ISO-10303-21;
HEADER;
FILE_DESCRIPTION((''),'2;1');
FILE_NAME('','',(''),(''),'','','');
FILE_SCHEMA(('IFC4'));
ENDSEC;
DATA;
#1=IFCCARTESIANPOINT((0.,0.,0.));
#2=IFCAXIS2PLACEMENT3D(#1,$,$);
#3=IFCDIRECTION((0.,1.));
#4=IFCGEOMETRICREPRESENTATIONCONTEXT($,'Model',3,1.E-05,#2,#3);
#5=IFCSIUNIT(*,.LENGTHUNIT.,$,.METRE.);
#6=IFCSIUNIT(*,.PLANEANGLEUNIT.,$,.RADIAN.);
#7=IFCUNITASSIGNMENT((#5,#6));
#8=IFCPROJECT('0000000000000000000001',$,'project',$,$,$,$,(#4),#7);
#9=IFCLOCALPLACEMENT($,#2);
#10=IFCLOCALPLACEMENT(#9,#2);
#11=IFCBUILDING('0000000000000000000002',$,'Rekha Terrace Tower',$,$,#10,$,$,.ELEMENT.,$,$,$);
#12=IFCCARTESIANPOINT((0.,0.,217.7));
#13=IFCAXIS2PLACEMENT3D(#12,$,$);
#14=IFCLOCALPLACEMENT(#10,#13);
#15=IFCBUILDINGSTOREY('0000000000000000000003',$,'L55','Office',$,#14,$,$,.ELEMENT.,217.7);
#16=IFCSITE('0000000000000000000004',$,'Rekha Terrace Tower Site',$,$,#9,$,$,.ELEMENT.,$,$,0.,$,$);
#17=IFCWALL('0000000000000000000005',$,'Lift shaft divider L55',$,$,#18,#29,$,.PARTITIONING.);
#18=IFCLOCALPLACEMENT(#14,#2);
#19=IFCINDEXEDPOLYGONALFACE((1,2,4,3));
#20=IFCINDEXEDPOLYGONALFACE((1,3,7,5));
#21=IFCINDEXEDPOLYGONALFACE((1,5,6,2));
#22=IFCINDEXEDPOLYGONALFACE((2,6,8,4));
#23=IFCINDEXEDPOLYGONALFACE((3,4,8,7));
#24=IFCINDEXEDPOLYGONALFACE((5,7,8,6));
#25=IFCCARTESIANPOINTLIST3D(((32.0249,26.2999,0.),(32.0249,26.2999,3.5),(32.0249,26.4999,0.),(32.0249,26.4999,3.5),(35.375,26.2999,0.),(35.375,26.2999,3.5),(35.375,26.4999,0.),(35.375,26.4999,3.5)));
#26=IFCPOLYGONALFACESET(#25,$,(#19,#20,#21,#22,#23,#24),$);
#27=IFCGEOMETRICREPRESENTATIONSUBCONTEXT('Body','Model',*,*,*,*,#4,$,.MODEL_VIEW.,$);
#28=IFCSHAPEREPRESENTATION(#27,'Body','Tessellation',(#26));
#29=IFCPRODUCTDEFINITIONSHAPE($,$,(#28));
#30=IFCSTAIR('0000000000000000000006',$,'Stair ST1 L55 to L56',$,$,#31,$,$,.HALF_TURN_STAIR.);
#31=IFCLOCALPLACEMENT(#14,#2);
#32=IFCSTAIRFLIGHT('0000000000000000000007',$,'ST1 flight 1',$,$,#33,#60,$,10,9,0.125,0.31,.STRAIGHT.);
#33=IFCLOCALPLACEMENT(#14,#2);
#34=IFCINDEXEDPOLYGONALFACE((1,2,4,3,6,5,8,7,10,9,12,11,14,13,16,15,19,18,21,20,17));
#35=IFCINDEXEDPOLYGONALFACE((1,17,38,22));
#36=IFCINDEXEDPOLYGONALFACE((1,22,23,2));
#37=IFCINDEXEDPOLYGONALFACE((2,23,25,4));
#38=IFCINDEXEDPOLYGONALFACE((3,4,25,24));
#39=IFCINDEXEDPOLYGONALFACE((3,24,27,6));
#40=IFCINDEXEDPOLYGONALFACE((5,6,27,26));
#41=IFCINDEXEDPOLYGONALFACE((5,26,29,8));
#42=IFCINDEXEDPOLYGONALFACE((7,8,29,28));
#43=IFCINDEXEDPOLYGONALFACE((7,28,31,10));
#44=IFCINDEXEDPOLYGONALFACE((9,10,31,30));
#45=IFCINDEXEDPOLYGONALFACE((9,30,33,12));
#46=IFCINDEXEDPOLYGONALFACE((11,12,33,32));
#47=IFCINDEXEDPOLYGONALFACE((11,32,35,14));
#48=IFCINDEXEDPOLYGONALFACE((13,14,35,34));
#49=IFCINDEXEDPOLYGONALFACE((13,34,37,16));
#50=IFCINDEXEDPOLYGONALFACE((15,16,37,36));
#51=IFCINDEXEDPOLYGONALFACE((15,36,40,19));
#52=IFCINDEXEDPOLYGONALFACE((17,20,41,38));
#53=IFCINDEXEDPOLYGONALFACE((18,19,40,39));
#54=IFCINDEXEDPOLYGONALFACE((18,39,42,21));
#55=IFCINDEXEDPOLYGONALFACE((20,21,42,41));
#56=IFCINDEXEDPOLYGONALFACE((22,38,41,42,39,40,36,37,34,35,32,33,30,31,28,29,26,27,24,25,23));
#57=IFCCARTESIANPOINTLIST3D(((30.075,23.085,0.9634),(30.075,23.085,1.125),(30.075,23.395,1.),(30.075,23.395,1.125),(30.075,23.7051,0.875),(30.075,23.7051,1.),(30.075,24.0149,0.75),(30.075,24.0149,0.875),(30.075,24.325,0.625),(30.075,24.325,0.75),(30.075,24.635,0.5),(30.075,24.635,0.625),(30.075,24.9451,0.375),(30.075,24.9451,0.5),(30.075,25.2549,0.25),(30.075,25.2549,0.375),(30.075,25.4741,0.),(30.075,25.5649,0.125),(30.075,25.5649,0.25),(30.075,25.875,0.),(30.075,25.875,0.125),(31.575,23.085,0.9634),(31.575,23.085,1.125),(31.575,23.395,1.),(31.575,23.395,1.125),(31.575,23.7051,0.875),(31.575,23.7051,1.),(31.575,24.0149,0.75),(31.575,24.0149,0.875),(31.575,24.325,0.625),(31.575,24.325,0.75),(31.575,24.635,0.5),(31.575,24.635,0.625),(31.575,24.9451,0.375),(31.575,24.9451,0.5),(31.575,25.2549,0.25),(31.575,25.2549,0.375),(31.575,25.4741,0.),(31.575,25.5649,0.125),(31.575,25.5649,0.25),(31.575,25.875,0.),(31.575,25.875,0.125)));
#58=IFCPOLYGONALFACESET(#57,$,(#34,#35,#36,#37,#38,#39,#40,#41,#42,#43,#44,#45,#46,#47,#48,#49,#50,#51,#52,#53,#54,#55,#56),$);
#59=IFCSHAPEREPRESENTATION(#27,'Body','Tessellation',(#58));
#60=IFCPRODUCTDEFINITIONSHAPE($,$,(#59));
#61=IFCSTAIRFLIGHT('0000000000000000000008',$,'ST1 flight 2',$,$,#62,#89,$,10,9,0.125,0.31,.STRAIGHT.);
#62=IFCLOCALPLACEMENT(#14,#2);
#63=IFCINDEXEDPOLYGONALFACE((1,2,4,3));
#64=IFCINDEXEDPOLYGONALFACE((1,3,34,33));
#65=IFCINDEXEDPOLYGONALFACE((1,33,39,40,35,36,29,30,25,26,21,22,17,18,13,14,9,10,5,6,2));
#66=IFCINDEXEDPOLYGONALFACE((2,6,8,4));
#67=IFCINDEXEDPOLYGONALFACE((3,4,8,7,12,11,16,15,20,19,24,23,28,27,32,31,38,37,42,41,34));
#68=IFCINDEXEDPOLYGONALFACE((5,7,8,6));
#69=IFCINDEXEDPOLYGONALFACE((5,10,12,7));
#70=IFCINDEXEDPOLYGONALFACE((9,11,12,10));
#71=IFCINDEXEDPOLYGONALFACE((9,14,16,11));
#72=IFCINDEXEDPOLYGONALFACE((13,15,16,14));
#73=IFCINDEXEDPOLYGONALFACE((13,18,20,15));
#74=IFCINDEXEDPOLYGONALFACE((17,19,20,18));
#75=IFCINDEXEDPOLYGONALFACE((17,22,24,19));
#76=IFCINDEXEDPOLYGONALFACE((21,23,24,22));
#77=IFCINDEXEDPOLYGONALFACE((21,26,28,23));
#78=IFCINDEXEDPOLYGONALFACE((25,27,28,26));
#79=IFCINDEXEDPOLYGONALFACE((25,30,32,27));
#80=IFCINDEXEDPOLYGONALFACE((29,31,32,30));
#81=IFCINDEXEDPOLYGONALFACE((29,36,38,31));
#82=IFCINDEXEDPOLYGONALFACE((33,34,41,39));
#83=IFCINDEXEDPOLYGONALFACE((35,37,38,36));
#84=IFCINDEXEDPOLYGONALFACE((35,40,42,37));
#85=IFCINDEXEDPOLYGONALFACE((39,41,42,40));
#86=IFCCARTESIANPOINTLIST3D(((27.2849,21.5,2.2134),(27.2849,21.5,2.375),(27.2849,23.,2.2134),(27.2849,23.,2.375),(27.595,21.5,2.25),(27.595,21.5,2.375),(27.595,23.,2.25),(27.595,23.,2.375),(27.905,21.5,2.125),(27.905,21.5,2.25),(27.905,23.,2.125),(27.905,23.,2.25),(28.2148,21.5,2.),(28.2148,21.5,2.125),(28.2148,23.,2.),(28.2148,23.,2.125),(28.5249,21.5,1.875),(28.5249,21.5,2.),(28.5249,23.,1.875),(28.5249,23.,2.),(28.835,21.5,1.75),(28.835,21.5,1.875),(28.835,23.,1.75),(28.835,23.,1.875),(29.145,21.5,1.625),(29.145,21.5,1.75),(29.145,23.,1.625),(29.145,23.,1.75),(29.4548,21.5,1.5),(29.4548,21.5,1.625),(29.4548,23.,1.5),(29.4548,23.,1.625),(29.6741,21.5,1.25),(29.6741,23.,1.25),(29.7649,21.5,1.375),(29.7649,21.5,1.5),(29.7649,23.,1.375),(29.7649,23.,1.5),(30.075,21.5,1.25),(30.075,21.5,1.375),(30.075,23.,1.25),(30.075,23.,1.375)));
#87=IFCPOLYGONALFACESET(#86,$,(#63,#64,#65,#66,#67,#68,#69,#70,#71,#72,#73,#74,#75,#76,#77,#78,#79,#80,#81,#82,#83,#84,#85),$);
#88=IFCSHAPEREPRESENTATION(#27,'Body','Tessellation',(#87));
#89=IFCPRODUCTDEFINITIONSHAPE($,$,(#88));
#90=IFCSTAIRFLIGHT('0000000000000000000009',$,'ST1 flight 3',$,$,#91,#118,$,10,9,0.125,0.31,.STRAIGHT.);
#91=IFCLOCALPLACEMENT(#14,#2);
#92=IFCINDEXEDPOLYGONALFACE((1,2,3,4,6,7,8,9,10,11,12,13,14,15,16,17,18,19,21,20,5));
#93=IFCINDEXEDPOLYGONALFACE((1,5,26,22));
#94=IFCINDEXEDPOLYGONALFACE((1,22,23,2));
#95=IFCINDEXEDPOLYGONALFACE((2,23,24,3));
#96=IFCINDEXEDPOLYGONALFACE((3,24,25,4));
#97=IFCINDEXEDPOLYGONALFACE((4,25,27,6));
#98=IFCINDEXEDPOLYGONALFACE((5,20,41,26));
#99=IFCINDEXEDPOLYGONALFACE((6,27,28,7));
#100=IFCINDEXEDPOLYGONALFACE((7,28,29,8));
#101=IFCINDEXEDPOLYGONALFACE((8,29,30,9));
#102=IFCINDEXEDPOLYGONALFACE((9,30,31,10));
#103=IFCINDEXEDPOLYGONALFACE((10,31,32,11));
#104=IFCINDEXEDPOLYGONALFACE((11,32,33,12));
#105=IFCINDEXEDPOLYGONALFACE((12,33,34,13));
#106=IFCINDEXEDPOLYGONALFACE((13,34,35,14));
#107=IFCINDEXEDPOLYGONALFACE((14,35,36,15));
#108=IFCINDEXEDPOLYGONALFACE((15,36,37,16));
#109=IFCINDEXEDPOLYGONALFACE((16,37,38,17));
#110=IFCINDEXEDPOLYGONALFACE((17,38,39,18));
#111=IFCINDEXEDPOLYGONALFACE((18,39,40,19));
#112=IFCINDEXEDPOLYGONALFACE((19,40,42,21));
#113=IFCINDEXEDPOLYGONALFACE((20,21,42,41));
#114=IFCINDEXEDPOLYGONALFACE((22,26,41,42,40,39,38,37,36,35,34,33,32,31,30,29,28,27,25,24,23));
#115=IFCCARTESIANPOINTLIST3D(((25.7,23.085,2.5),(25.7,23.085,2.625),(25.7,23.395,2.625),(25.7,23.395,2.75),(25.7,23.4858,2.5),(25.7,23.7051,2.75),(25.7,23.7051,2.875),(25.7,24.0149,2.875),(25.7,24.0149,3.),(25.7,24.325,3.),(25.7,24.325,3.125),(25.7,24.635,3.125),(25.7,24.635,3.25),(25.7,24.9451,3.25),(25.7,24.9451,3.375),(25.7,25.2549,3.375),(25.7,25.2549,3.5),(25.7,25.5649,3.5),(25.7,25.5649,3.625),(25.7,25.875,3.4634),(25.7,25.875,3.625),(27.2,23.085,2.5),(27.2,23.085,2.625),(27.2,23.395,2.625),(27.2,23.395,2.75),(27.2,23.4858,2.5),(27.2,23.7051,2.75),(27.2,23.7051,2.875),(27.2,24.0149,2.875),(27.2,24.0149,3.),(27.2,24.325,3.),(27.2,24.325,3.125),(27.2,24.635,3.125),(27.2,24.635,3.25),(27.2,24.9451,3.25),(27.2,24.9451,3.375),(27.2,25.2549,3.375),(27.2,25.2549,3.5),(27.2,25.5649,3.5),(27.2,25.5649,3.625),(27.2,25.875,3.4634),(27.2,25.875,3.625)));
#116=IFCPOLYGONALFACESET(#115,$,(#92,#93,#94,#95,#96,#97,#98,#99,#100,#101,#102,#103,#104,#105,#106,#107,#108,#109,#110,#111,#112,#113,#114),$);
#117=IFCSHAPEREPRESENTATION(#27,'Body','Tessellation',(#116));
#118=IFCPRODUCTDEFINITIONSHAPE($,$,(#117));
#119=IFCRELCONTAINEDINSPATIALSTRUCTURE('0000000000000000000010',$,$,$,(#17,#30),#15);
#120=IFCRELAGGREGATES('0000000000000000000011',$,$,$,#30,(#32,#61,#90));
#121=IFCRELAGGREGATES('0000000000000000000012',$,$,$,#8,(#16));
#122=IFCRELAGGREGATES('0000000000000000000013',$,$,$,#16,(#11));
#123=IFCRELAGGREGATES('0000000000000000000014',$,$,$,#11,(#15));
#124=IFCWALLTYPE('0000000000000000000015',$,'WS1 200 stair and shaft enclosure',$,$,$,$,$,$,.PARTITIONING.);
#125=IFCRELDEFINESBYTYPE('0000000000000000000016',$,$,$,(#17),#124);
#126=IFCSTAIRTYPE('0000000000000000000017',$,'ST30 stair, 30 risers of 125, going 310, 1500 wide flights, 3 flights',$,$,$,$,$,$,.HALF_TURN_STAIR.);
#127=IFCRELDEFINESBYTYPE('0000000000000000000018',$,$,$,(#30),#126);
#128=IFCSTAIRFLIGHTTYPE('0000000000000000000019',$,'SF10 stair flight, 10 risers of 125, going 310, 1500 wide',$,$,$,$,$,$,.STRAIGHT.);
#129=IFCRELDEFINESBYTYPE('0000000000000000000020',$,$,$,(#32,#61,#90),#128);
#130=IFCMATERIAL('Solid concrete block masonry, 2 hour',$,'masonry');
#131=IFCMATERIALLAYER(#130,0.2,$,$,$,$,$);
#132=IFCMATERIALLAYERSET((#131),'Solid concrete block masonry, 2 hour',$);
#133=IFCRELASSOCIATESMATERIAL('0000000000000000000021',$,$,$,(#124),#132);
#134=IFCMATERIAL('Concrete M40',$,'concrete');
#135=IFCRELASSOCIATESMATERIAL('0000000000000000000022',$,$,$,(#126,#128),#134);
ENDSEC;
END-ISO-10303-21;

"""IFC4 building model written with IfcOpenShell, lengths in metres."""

from ifc_helpers import new_model, si_unit, direction, frame, frame_2d, origin, place, context, subcontext, project, spatial, polyline, rectangle, outline, extrude, material, layer, layer_set, type_object, element, aggregate, save


model = new_model("IFC4")

# Units and contexts
model_context = context("Model", 3, precision=1e-05, world=origin(), true_north=direction((0.0, 1.0)))
body_context = subcontext(model_context, "Body", "Model", "MODEL_VIEW")
ifc_project = project(units=[si_unit("LENGTHUNIT", "METRE"), si_unit("PLANEANGLEUNIT", "RADIAN")], contexts=[model_context])

# Site, building, storey
site_placement = place(None, origin())
site = spatial("IfcSite", under=ifc_project, at=site_placement, Name="Rekha Terrace Tower Site", CompositionType="ELEMENT", RefElevation=0.0)
building_placement = place(site_placement, origin())
building = spatial("IfcBuilding", under=site, at=building_placement, Name="Rekha Terrace Tower", CompositionType="ELEMENT")
storey_placement = place(building_placement, frame((0.0, 0.0, 217.7)))
storey = spatial("IfcBuildingStorey", under=building, at=storey_placement, Name="L55", Description="Office", CompositionType="ELEMENT", Elevation=217.7)

# Wall
ifc_material_1 = material(Name="Solid concrete block masonry, 2 hour", Category="masonry")
ifc_layer_1 = layer(ifc_material_1, 0.2)
ifc_layer_set_1 = layer_set([ifc_layer_1], Name="Solid concrete block masonry, 2 hour")
wall_type_1 = type_object("IfcWallType", Name="WS1 200 stair and shaft enclosure", PredefinedType="PARTITIONING", material=ifc_layer_set_1)
wall_1_placement = place(storey_placement, frame((32.0249, 26.3999, 0.0), z_axis=(0.0, 0.0, 1.0), x_axis=(1.0, 0.0, 0.0)))
element("IfcWall", 1, at=wall_1_placement, inside=storey, type_object=wall_type_1, Name="Lift shaft divider L55", PredefinedType="PARTITIONING", context=body_context, shape_type="SweptSolid", body=[
    extrude(rectangle(XDim=3.3501, YDim=0.2, at=frame_2d((1.675, 0.0))), origin(), (0.0, 0.0, 1.0), 3.5),
])

# Stair, stair flights
ifc_material_2 = material(Name="Concrete M40", Category="concrete")
stair_type = type_object("IfcStairType", Name="ST30 stair, 30 risers of 125, going 310, 1500 wide flights, 3 flights", PredefinedType="HALF_TURN_STAIR", material=ifc_material_2)
stair_placement = place(storey_placement, origin())
stair = element("IfcStair", 2, at=stair_placement, inside=storey, type_object=stair_type, Name="Stair ST1 L55 to L56", PredefinedType="HALF_TURN_STAIR")
stair_flight_type = type_object("IfcStairFlightType", Name="SF10 stair flight, 10 risers of 125, going 310, 1500 wide", PredefinedType="STRAIGHT", material=ifc_material_2)
stair_flight_1_placement = place(storey_placement, frame((30.825, 25.875, 0.0), z_axis=(0.0, 0.0, 1.0), x_axis=(0.0, -1.0, 0.0)))
stair_flight_1 = element("IfcStairFlight", 3, at=stair_flight_1_placement, type_object=stair_flight_type, Name="ST1 flight 1", NumberOfRisers=10, NumberOfTreads=9, PredefinedType="STRAIGHT", RiserHeight=0.125, TreadLength=0.31, context=body_context, shape_type="SweptSolid", body=[
    extrude(outline(polyline([(0.0, 0.0), (0.0, 0.125), (0.3101, 0.125), (0.3101, 0.25), (0.6201, 0.25), (0.6201, 0.375), (0.9299, 0.375), (0.9299, 0.5), (1.24, 0.5), (1.24, 0.625), (1.55, 0.625), (1.55, 0.75), (1.8601, 0.75), (1.8601, 0.875), (2.1699, 0.875), (2.1699, 1.0), (2.48, 1.0), (2.48, 1.125), (2.79, 1.125), (2.79, 1.25), (2.79, 0.9634), (0.4009, 0.0), (0.0, 0.0)])), frame((0.0, 0.75, 0.0), z_axis=(0.0, -1.0, 0.0), x_axis=(1.0, 0.0, 0.0)), (0.0, 0.0, 1.0), 1.5),
])
stair_flight_2_placement = place(storey_placement, frame((30.075, 22.25, 1.25), z_axis=(0.0, 0.0, 1.0), x_axis=(-1.0, 0.0, 0.0)))
stair_flight_2 = element("IfcStairFlight", 4, at=stair_flight_2_placement, type_object=stair_flight_type, Name="ST1 flight 2", NumberOfRisers=10, NumberOfTreads=9, PredefinedType="STRAIGHT", RiserHeight=0.125, TreadLength=0.31, context=body_context, shape_type="SweptSolid", body=[
    extrude(outline(polyline([(0.0, 0.0), (0.0, 0.125), (0.3101, 0.125), (0.3101, 0.25), (0.6201, 0.25), (0.6201, 0.375), (0.9299, 0.375), (0.9299, 0.5), (1.24, 0.5), (1.24, 0.625), (1.55, 0.625), (1.55, 0.75), (1.8601, 0.75), (1.8601, 0.875), (2.1699, 0.875), (2.1699, 1.0), (2.48, 1.0), (2.48, 1.125), (2.79, 1.125), (2.79, 1.25), (2.79, 0.9634), (0.4009, 0.0), (0.0, 0.0)])), frame((0.0, 0.75, 0.0), z_axis=(0.0, -1.0, 0.0), x_axis=(1.0, 0.0, 0.0)), (0.0, 0.0, 1.0), 1.5),
])
stair_flight_3_placement = place(storey_placement, frame((26.45, 23.085, 2.5), z_axis=(0.0, 0.0, 1.0), x_axis=(0.0, 1.0, 0.0)))
stair_flight_3 = element("IfcStairFlight", 5, at=stair_flight_3_placement, type_object=stair_flight_type, Name="ST1 flight 3", NumberOfRisers=10, NumberOfTreads=9, PredefinedType="STRAIGHT", RiserHeight=0.125, TreadLength=0.31, context=body_context, shape_type="SweptSolid", body=[
    extrude(outline(polyline([(0.0, 0.0), (0.0, 0.125), (0.3101, 0.125), (0.3101, 0.25), (0.6201, 0.25), (0.6201, 0.375), (0.9299, 0.375), (0.9299, 0.5), (1.24, 0.5), (1.24, 0.625), (1.55, 0.625), (1.55, 0.75), (1.8601, 0.75), (1.8601, 0.875), (2.1699, 0.875), (2.1699, 1.0), (2.48, 1.0), (2.48, 1.125), (2.79, 1.125), (2.79, 1.25), (2.79, 0.9634), (0.4009, 0.0), (0.0, 0.0)])), frame((0.0, 0.75, 0.0), z_axis=(0.0, -1.0, 0.0), x_axis=(1.0, 0.0, 0.0)), (0.0, 0.0, 1.0), 1.5),
])
aggregate(stair, [stair_flight_1, stair_flight_2, stair_flight_3])

save(model, "model.ifc")
